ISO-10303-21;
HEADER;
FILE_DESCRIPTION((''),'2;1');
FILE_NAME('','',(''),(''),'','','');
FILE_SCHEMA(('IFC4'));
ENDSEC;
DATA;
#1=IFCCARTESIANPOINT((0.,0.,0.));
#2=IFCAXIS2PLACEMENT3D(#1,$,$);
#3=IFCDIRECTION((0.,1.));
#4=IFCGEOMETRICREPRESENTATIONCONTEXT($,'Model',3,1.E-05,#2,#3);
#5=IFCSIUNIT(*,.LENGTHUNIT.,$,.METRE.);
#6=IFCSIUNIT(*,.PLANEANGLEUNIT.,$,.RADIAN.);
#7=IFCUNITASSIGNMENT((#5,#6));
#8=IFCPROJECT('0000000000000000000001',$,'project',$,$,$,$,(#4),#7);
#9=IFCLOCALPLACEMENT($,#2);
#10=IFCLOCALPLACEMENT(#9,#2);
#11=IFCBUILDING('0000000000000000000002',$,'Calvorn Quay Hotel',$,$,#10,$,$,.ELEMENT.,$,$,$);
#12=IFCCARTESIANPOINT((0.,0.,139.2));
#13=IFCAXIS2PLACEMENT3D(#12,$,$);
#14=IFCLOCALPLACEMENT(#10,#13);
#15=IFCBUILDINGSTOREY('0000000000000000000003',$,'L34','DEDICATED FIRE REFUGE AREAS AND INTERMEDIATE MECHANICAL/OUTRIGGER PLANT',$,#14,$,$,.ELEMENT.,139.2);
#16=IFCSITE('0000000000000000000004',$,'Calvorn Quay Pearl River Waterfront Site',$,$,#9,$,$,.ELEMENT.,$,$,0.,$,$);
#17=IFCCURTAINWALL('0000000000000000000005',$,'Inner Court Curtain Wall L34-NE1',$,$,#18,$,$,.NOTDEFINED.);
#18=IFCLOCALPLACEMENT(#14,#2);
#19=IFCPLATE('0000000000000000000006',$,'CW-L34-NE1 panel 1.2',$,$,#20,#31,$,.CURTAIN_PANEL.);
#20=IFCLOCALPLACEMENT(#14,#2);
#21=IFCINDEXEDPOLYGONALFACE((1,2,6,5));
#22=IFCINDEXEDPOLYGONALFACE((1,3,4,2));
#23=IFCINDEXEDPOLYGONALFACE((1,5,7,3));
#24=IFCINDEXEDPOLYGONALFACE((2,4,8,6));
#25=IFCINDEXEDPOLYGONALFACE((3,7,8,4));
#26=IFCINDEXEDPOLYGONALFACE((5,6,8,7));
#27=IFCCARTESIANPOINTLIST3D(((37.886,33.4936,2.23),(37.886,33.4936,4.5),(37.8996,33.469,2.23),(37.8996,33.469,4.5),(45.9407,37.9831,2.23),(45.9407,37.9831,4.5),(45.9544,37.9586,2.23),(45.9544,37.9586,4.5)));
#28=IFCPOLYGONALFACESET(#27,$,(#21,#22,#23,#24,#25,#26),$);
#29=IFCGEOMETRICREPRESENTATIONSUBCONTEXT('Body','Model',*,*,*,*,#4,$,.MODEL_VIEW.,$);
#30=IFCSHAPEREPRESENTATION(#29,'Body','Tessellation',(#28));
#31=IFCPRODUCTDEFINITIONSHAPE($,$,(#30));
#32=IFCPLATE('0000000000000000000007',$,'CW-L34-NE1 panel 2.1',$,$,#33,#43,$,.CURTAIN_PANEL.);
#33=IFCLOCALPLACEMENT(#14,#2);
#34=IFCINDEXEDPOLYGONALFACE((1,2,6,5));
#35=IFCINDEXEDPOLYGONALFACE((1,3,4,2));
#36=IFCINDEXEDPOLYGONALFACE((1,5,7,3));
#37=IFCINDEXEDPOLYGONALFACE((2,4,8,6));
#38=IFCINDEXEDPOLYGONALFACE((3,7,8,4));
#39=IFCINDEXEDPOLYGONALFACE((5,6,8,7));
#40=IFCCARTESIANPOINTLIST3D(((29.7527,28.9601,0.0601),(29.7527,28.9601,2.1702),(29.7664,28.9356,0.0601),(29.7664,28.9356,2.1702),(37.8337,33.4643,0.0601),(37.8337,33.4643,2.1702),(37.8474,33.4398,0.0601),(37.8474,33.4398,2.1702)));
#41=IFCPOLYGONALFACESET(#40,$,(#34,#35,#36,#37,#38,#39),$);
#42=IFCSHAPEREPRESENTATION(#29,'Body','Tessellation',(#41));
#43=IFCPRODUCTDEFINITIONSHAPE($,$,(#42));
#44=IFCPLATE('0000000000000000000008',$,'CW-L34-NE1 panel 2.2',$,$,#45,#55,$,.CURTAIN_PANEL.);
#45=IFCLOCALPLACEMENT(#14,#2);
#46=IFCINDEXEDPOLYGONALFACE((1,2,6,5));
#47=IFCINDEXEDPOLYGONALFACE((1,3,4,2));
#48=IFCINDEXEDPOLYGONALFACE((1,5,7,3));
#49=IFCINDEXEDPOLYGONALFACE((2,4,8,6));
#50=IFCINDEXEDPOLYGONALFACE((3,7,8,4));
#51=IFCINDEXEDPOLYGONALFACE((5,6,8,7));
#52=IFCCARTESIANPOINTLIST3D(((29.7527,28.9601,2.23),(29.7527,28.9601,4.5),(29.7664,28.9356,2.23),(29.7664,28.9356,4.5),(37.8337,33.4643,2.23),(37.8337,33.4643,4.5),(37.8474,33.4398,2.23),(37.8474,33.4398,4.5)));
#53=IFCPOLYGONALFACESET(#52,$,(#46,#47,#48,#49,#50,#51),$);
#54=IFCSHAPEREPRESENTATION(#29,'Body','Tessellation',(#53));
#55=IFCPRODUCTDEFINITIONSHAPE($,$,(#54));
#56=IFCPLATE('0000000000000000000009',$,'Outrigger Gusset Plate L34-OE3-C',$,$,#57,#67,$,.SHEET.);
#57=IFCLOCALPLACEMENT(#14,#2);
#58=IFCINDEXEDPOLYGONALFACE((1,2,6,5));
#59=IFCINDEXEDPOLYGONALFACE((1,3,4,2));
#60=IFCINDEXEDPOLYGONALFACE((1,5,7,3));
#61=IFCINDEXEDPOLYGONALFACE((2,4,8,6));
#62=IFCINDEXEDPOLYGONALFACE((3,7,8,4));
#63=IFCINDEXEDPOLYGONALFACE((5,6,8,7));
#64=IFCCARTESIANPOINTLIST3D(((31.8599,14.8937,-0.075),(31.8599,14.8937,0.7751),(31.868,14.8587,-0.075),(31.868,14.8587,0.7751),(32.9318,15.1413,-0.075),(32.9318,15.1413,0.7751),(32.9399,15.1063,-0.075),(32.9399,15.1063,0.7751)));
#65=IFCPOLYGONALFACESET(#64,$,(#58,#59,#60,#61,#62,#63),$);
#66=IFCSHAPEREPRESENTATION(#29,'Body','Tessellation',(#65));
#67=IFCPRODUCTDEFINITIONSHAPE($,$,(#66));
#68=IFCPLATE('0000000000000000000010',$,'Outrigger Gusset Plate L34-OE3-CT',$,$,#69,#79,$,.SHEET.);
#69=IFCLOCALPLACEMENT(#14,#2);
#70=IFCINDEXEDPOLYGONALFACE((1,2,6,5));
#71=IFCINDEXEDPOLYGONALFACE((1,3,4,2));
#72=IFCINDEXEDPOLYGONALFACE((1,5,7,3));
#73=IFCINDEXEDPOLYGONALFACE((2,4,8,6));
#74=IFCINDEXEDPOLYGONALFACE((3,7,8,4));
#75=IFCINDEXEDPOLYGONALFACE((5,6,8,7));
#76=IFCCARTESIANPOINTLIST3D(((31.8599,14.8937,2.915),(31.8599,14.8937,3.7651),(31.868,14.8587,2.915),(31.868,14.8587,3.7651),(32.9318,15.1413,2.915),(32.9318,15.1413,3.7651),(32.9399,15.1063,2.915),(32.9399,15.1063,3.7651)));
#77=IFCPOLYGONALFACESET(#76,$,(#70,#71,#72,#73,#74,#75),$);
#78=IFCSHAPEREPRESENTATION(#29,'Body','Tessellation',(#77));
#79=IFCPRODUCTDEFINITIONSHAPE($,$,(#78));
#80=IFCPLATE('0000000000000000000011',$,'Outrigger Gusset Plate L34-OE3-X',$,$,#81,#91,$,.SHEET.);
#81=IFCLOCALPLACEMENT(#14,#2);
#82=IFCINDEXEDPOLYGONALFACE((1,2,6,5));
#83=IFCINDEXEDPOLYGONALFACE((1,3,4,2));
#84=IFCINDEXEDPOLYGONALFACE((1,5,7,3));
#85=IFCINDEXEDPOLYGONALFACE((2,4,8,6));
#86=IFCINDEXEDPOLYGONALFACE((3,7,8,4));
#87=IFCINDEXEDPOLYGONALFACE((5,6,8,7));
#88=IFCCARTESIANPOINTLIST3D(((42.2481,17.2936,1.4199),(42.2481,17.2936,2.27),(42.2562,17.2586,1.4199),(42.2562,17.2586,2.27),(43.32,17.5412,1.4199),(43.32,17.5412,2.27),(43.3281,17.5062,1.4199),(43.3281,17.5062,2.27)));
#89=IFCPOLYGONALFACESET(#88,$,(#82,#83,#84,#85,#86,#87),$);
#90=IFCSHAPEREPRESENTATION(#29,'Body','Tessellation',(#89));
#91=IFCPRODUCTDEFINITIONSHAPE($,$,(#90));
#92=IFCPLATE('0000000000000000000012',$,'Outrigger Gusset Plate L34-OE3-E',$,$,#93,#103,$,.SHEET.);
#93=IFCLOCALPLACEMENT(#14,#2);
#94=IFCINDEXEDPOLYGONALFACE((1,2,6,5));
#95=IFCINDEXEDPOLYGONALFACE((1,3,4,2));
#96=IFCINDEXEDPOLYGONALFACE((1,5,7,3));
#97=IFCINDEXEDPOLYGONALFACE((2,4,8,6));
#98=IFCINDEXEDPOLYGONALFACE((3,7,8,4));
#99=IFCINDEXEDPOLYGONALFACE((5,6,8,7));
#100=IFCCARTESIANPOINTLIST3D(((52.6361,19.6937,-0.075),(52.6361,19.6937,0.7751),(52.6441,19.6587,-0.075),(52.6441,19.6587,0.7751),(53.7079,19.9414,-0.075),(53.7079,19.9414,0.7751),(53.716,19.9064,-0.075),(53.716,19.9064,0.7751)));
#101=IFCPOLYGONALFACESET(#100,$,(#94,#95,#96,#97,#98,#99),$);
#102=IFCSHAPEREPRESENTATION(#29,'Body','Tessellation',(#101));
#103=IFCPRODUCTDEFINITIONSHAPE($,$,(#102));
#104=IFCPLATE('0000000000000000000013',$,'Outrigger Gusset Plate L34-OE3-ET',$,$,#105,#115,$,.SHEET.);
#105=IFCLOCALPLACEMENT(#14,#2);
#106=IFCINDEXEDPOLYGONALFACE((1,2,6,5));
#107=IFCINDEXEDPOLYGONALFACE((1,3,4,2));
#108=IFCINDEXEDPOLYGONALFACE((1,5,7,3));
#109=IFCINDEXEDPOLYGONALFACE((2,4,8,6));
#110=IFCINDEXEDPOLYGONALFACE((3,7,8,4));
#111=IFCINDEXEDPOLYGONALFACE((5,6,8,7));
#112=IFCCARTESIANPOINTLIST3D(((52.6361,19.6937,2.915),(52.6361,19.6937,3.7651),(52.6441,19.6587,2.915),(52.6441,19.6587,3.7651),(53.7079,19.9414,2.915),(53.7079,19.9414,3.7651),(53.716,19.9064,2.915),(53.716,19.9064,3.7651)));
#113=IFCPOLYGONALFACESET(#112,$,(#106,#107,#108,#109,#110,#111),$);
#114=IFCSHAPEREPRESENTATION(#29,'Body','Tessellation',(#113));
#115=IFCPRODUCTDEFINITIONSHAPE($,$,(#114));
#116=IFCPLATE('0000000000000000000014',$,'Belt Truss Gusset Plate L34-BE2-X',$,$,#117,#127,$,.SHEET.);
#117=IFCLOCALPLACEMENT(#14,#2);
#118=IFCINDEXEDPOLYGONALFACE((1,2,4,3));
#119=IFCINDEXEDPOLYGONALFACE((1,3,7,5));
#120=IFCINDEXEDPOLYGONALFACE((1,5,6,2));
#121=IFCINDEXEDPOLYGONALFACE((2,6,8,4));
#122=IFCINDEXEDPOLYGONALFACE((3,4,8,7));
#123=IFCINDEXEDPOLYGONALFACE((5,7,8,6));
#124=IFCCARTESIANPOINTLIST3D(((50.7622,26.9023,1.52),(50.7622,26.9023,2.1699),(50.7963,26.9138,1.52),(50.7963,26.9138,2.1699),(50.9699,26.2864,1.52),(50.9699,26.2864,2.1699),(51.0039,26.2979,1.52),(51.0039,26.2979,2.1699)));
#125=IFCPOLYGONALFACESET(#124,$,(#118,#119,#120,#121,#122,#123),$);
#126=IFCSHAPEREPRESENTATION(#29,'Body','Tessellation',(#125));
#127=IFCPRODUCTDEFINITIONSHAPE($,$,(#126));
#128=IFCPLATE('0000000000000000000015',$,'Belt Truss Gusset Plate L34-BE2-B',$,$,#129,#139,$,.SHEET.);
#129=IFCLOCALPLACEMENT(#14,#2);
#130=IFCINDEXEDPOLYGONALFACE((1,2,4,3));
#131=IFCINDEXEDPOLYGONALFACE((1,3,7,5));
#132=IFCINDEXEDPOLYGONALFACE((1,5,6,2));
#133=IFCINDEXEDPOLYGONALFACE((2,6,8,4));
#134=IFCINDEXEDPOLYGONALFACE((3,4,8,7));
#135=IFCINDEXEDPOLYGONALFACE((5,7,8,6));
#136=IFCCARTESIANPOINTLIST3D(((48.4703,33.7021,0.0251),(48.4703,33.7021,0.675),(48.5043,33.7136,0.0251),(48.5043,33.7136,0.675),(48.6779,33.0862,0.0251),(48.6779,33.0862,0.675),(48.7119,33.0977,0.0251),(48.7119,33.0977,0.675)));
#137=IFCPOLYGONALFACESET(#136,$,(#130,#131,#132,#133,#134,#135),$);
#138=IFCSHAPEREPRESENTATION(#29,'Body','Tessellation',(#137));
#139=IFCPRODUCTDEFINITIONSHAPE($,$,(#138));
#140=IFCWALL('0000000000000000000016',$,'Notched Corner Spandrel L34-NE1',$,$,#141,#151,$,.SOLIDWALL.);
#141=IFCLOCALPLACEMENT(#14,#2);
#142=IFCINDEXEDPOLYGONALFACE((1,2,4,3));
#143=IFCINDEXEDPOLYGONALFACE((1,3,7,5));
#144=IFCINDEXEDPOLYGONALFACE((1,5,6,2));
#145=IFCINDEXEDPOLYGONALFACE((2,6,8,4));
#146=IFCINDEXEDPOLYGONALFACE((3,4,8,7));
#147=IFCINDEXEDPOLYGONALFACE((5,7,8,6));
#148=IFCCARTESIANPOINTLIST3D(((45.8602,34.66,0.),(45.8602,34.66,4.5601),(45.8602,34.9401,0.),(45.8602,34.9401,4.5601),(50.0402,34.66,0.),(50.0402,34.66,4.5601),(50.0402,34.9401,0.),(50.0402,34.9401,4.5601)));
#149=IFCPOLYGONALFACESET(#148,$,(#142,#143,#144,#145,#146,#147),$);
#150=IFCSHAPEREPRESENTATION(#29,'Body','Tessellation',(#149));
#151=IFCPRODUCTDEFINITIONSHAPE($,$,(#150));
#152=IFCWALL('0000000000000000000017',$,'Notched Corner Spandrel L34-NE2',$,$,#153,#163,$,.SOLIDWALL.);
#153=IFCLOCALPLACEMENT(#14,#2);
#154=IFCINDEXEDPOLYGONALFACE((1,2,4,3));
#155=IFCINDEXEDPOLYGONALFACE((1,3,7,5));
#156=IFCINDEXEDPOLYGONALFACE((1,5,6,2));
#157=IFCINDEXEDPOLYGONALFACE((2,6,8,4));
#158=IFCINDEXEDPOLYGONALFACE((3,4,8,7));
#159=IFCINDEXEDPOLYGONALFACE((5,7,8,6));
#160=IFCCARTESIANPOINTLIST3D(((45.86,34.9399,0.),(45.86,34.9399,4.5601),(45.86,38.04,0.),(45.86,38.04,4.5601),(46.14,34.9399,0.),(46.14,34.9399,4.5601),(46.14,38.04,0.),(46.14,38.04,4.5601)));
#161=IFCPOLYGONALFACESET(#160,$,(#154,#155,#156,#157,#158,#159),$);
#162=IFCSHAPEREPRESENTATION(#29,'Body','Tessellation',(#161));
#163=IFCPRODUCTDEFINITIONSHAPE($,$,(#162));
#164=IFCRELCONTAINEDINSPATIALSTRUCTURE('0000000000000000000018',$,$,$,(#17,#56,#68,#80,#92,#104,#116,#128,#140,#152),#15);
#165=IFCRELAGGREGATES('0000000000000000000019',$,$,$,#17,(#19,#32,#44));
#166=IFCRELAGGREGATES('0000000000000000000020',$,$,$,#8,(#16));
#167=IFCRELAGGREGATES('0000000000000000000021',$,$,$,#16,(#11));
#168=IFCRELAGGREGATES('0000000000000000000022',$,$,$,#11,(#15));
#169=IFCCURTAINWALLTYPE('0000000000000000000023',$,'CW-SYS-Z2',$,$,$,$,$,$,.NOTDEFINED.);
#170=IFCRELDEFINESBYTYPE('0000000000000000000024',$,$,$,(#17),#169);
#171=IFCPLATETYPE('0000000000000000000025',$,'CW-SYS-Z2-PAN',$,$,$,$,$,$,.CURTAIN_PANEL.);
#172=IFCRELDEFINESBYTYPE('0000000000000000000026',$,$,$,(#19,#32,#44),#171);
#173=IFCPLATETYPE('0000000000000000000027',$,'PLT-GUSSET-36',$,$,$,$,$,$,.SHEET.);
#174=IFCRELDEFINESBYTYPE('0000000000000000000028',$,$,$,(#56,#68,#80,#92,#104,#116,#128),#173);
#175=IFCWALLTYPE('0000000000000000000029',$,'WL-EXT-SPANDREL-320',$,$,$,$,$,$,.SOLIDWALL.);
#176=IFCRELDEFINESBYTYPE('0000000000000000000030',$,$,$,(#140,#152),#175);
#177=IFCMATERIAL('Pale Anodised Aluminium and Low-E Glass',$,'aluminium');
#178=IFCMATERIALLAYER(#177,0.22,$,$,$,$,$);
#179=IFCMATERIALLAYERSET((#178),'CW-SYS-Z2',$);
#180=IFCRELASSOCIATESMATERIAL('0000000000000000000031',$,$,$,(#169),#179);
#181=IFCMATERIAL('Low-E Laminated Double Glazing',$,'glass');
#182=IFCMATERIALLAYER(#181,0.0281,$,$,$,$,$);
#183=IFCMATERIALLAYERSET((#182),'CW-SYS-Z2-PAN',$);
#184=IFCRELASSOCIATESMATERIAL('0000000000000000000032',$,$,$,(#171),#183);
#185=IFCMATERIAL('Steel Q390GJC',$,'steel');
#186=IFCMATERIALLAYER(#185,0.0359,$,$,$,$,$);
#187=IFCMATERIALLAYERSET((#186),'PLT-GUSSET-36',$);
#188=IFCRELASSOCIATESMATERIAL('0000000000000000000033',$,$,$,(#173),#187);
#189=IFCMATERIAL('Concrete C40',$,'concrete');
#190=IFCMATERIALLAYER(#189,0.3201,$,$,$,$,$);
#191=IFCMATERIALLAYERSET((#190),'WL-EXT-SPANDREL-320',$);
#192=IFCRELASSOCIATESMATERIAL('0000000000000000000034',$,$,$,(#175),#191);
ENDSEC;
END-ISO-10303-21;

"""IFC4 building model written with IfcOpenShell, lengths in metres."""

from ifc_helpers import new_model, si_unit, direction, frame, frame_2d, origin, origin_2d, place, context, subcontext, project, spatial, rectangle, extrude, material, layer, layer_set, type_object, element, aggregate, save


model = new_model("IFC4")

# Units and contexts
model_context = context("Model", 3, precision=1e-05, world=origin(), true_north=direction((0.0, 1.0)))
body_context = subcontext(model_context, "Body", "Model", "MODEL_VIEW")
ifc_project = project(units=[si_unit("LENGTHUNIT", "METRE"), si_unit("PLANEANGLEUNIT", "RADIAN")], contexts=[model_context])

# Site, building, storey
site_placement = place(None, origin())
site = spatial("IfcSite", under=ifc_project, at=site_placement, Name="Calvorn Quay Pearl River Waterfront Site", CompositionType="ELEMENT", RefElevation=0.0)
building_placement = place(site_placement, origin())
building = spatial("IfcBuilding", under=site, at=building_placement, Name="Calvorn Quay Hotel", CompositionType="ELEMENT")
storey_placement = place(building_placement, frame((0.0, 0.0, 139.2)))
storey = spatial("IfcBuildingStorey", under=building, at=storey_placement, Name="L34", Description="DEDICATED FIRE REFUGE AREAS AND INTERMEDIATE MECHANICAL/OUTRIGGER PLANT", CompositionType="ELEMENT", Elevation=139.2)

# Curtain wall
ifc_material_1 = material(Name="Pale Anodised Aluminium and Low-E Glass", Category="aluminium")
ifc_layer_1 = layer(ifc_material_1, 0.22)
ifc_layer_set_1 = layer_set([ifc_layer_1], Name="CW-SYS-Z2")
curtain_wall_type = type_object("IfcCurtainWallType", Name="CW-SYS-Z2", PredefinedType="NOTDEFINED", material=ifc_layer_set_1)
curtain_wall_placement = place(storey_placement, origin())
curtain_wall = element("IfcCurtainWall", 1, at=curtain_wall_placement, inside=storey, type_object=curtain_wall_type, Name="Inner Court Curtain Wall L34-NE1", PredefinedType="NOTDEFINED")

# Plates
ifc_material_2 = material(Name="Low-E Laminated Double Glazing", Category="glass")
ifc_layer_2 = layer(ifc_material_2, 0.0281)
ifc_layer_set_2 = layer_set([ifc_layer_2], Name="CW-SYS-Z2-PAN")
plate_type_1 = type_object("IfcPlateType", Name="CW-SYS-Z2-PAN", PredefinedType="CURTAIN_PANEL", material=ifc_layer_set_2)
plate_1_placement = place(storey_placement, frame((41.9202, 35.7261, 2.23), z_axis=(0.0, 0.0, 1.0), x_axis=(-0.873481, -0.486858, 0.0)))
plate_1 = element("IfcPlate", 2, at=plate_1_placement, type_object=plate_type_1, Name="CW-L34-NE1 panel 1.2", PredefinedType="CURTAIN_PANEL", context=body_context, shape_type="SweptSolid", body=[
    extrude(rectangle(XDim=9.2214, YDim=0.0281, at=origin_2d()), origin(), (0.0, 0.0, 1.0), 2.27),
])
plate_2_placement = place(storey_placement, frame((33.8, 31.2, 0.0601), z_axis=(0.0, 0.0, 1.0), x_axis=(-0.873481, -0.486858, 0.0)))
plate_2 = element("IfcPlate", 3, at=plate_2_placement, type_object=plate_type_1, Name="CW-L34-NE1 panel 2.1", PredefinedType="CURTAIN_PANEL", context=body_context, shape_type="SweptSolid", body=[
    extrude(rectangle(XDim=9.2515, YDim=0.0281, at=origin_2d()), origin(), (0.0, 0.0, 1.0), 2.1101),
])
plate_3_placement = place(storey_placement, frame((33.8, 31.2, 2.23), z_axis=(0.0, 0.0, 1.0), x_axis=(-0.873481, -0.486858, 0.0)))
plate_3 = element("IfcPlate", 4, at=plate_3_placement, type_object=plate_type_1, Name="CW-L34-NE1 panel 2.2", PredefinedType="CURTAIN_PANEL", context=body_context, shape_type="SweptSolid", body=[
    extrude(rectangle(XDim=9.2515, YDim=0.0281, at=origin_2d()), origin(), (0.0, 0.0, 1.0), 2.27),
])
aggregate(curtain_wall, [plate_1, plate_2, plate_3])

# Plates
ifc_material_3 = material(Name="Steel Q390GJC", Category="steel")
ifc_layer_3 = layer(ifc_material_3, 0.0359)
ifc_layer_set_3 = layer_set([ifc_layer_3], Name="PLT-GUSSET-36")
plate_type_2 = type_object("IfcPlateType", Name="PLT-GUSSET-36", PredefinedType="SHEET", material=ifc_layer_set_3)
for number, where, z_axis, x_axis, name in (
    (5, (32.3999, 15.0, -0.075), (0.0, 0.0, 1.0), (0.974331, 0.225121, 0.0), "Outrigger Gusset Plate L34-OE3-C"),
    (6, (32.3999, 15.0, 2.915), (0.0, 0.0, 1.0), (0.974331, 0.225121, 0.0), "Outrigger Gusset Plate L34-OE3-CT"),
    (7, (42.7881, 17.3999, 1.4199), (0.0, 0.0, 1.0), (0.974331, 0.225121, 0.0), "Outrigger Gusset Plate L34-OE3-X"),
    (8, (53.176, 19.8, -0.075), (0.0, 0.0, 1.0), (0.974331, 0.225121, 0.0), "Outrigger Gusset Plate L34-OE3-E"),
    (9, (53.176, 19.8, 2.915), (0.0, 0.0, 1.0), (0.974331, 0.225121, 0.0), "Outrigger Gusset Plate L34-OE3-ET"),
):
    element("IfcPlate", number, at=place(storey_placement, frame(where, z_axis=z_axis, x_axis=x_axis)), inside=storey, type_object=plate_type_2, Name=name, PredefinedType="SHEET", context=body_context, shape_type="SweptSolid", body=[
        extrude(rectangle(XDim=1.1001, YDim=0.0359, at=origin_2d()), origin(), (0.0, 0.0, 1.0), 0.8501),
    ])
for number, where, z_axis, x_axis, name in (
    (10, (50.8831, 26.6001, 1.52), (0.0, 0.0, 1.0), (-0.319456, 0.947601, 0.0), "Belt Truss Gusset Plate L34-BE2-X"),
    (11, (48.5911, 33.3999, 0.0251), (0.0, 0.0, 1.0), (-0.319456, 0.947601, 0.0), "Belt Truss Gusset Plate L34-BE2-B"),
):
    element("IfcPlate", number, at=place(storey_placement, frame(where, z_axis=z_axis, x_axis=x_axis)), inside=storey, type_object=plate_type_2, Name=name, PredefinedType="SHEET", context=body_context, shape_type="SweptSolid", body=[
        extrude(rectangle(XDim=0.6499, YDim=0.0359, at=origin_2d()), origin(), (0.0, 0.0, 1.0), 0.6499),
    ])

# Walls
ifc_material_4 = material(Name="Concrete C40", Category="concrete")
ifc_layer_4 = layer(ifc_material_4, 0.3201)
ifc_layer_set_4 = layer_set([ifc_layer_4], Name="WL-EXT-SPANDREL-320")
wall_type = type_object("IfcWallType", Name="WL-EXT-SPANDREL-320", PredefinedType="SOLIDWALL", material=ifc_layer_set_4)
wall_1_placement = place(storey_placement, frame((50.04, 34.8, 0.0), z_axis=(0.0, 0.0, 1.0), x_axis=(-1.0, 0.0, 0.0)))
element("IfcWall", 12, at=wall_1_placement, inside=storey, type_object=wall_type, Name="Notched Corner Spandrel L34-NE1", PredefinedType="SOLIDWALL", context=body_context, shape_type="SweptSolid", body=[
    extrude(rectangle(XDim=4.1799, YDim=0.28, at=frame_2d((2.0898, 0.0))), origin(), (0.0, 0.0, 1.0), 4.5601),
])
wall_2_placement = place(storey_placement, frame((46.0, 34.9399, 0.0), z_axis=(0.0, 0.0, 1.0), x_axis=(0.0, 1.0, 0.0)))
element("IfcWall", 13, at=wall_2_placement, inside=storey, type_object=wall_type, Name="Notched Corner Spandrel L34-NE2", PredefinedType="SOLIDWALL", context=body_context, shape_type="SweptSolid", body=[
    extrude(rectangle(XDim=3.1001, YDim=0.28, at=frame_2d((1.55, 0.0))), origin(), (0.0, 0.0, 1.0), 4.5601),
])

save(model, "model.ifc")
